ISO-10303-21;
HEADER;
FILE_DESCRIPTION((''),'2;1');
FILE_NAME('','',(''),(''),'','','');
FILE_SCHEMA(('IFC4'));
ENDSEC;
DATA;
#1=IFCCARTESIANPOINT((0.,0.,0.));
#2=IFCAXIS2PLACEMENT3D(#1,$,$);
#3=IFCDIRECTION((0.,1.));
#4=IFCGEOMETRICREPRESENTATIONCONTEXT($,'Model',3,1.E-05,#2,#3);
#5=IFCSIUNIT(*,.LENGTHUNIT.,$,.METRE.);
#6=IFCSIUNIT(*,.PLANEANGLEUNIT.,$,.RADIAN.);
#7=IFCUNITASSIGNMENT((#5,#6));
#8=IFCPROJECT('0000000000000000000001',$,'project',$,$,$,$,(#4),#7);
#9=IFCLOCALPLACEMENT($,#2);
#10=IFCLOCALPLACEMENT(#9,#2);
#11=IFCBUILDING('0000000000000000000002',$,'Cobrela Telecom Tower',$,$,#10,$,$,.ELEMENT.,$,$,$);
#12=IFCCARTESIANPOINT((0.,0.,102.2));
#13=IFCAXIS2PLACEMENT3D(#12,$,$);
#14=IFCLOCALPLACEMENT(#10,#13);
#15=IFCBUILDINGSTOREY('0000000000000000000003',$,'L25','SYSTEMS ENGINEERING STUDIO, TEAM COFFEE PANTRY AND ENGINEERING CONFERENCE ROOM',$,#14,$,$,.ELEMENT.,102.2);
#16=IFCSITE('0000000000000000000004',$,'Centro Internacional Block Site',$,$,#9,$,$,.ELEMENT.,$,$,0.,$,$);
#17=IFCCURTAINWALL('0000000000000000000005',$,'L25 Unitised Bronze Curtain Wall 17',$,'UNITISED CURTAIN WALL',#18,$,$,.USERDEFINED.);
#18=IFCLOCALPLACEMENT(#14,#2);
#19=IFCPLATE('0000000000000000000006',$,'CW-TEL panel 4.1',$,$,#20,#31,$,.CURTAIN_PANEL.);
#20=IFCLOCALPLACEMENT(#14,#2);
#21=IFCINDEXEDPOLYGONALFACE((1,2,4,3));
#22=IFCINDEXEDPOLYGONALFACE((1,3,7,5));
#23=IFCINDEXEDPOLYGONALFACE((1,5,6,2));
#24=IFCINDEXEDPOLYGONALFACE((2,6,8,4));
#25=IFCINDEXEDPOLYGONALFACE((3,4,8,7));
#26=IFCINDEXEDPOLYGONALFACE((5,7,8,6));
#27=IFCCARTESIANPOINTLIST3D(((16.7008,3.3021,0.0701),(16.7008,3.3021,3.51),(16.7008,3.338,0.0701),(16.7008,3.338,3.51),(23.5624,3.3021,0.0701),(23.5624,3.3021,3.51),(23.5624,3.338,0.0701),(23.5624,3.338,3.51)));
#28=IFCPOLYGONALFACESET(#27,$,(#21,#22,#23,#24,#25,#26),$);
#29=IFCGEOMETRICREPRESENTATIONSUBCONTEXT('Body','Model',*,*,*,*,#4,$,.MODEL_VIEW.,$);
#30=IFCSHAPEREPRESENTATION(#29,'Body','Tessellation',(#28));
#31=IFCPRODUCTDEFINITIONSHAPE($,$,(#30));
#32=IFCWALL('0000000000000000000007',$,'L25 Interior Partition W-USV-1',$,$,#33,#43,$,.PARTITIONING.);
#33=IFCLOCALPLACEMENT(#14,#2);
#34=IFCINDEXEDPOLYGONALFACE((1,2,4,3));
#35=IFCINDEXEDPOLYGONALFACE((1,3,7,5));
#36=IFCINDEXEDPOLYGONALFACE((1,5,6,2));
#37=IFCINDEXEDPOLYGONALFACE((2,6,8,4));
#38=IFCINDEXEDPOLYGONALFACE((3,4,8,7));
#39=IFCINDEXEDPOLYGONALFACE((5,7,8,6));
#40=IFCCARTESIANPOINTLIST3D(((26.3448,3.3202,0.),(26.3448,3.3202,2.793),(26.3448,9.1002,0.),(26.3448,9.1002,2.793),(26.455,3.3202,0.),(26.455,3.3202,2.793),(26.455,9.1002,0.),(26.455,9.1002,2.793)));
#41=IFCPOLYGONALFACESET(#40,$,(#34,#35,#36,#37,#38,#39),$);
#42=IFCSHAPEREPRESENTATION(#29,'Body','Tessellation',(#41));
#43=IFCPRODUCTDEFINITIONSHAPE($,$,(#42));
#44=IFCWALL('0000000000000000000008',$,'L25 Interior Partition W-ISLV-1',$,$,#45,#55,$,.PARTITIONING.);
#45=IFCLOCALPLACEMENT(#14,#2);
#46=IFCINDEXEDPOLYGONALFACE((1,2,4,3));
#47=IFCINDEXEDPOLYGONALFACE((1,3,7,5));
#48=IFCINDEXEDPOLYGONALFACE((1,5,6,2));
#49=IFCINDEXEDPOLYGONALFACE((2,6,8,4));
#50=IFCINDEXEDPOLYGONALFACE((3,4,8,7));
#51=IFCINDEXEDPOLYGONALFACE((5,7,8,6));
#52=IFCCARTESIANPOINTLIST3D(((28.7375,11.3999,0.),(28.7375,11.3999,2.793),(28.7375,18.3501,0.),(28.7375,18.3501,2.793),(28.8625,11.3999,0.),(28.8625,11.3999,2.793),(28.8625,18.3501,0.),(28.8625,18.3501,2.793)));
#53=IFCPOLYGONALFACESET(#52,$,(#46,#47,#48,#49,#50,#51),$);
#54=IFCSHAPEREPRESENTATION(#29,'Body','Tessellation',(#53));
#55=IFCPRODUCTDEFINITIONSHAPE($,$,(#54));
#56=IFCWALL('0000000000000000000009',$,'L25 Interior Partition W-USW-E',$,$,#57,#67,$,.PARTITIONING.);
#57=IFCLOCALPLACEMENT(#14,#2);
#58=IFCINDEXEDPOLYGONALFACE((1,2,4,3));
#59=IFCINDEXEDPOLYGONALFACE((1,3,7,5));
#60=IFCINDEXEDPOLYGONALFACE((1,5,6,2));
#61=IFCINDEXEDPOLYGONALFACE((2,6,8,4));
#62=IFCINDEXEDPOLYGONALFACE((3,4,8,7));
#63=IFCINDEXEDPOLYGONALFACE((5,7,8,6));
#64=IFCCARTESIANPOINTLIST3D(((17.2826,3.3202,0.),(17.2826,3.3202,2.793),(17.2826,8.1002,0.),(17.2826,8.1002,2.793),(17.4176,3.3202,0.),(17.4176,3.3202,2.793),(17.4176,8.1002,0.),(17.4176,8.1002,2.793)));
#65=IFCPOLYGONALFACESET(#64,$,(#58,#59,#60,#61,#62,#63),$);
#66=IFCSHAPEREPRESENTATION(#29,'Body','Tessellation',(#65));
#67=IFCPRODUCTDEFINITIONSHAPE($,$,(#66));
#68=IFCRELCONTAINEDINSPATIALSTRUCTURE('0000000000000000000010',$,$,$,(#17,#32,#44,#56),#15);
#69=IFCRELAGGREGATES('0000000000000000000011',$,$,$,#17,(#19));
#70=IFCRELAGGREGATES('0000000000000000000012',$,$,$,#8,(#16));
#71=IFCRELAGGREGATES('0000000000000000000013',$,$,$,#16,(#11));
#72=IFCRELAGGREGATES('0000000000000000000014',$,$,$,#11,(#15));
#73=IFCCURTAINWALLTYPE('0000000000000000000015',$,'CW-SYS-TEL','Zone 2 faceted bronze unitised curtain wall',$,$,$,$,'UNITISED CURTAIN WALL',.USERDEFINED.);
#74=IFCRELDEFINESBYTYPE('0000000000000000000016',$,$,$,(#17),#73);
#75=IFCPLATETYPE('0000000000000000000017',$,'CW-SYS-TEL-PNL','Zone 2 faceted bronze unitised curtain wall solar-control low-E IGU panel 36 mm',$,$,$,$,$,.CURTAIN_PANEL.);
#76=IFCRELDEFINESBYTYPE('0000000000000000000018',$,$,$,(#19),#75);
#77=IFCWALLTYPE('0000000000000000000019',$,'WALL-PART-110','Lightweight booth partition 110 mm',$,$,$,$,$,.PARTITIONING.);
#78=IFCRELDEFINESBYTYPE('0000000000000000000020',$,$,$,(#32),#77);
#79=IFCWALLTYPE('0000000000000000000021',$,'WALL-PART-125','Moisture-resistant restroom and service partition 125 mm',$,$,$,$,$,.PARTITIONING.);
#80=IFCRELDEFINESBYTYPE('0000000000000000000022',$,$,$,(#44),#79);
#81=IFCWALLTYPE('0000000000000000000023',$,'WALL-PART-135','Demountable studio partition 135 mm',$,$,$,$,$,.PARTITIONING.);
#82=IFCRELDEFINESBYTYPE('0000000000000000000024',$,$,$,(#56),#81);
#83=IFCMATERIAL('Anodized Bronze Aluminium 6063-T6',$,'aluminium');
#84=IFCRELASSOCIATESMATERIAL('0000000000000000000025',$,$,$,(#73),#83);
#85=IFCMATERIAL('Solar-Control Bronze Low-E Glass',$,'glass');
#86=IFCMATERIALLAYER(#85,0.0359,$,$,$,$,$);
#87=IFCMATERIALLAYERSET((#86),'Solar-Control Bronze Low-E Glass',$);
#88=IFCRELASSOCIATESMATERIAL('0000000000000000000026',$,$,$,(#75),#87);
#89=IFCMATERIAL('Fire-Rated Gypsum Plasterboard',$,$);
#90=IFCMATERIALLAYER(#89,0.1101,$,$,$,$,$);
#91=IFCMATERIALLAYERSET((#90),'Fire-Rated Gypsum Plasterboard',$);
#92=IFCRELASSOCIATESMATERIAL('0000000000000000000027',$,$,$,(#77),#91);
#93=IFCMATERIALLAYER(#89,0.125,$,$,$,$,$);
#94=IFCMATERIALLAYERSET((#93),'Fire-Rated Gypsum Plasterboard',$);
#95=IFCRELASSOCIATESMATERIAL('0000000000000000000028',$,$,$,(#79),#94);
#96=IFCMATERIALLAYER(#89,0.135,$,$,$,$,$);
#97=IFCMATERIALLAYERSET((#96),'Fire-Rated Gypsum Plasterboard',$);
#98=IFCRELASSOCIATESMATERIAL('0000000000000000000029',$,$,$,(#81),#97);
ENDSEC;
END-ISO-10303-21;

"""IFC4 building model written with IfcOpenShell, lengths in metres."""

from ifc_helpers import new_model, si_unit, direction, frame, frame_2d, origin, origin_2d, place, context, subcontext, project, spatial, rectangle, extrude, material, layer, layer_set, type_object, element, aggregate, save


model = new_model("IFC4")

# Units and contexts
model_context = context("Model", 3, precision=1e-05, world=origin(), true_north=direction((0.0, 1.0)))
body_context = subcontext(model_context, "Body", "Model", "MODEL_VIEW")
ifc_project = project(units=[si_unit("LENGTHUNIT", "METRE"), si_unit("PLANEANGLEUNIT", "RADIAN")], contexts=[model_context])

# Site, building, storey
site_placement = place(None, origin())
site = spatial("IfcSite", under=ifc_project, at=site_placement, Name="Centro Internacional Block Site", CompositionType="ELEMENT", RefElevation=0.0)
building_placement = place(site_placement, origin())
building = spatial("IfcBuilding", under=site, at=building_placement, Name="Cobrela Telecom Tower", CompositionType="ELEMENT")
storey_placement = place(building_placement, frame((0.0, 0.0, 102.2)))
storey = spatial("IfcBuildingStorey", under=building, at=storey_placement, Name="L25", Description="SYSTEMS ENGINEERING STUDIO, TEAM COFFEE PANTRY AND ENGINEERING CONFERENCE ROOM", CompositionType="ELEMENT", Elevation=102.2)

# Curtain wall, plate
ifc_material_1 = material(Name="Anodized Bronze Aluminium 6063-T6", Category="aluminium")
curtain_wall_type = type_object("IfcCurtainWallType", Name="CW-SYS-TEL", Description="Zone 2 faceted bronze unitised curtain wall", ElementType="UNITISED CURTAIN WALL", PredefinedType="USERDEFINED", material=ifc_material_1)
curtain_wall_placement = place(storey_placement, origin())
curtain_wall = element("IfcCurtainWall", 1, at=curtain_wall_placement, inside=storey, type_object=curtain_wall_type, Name="L25 Unitised Bronze Curtain Wall 17", ObjectType="UNITISED CURTAIN WALL", PredefinedType="USERDEFINED")
ifc_material_2 = material(Name="Solar-Control Bronze Low-E Glass", Category="glass")
ifc_layer_1 = layer(ifc_material_2, 0.0359)
ifc_layer_set_1 = layer_set([ifc_layer_1], Name="Solar-Control Bronze Low-E Glass")
plate_type = type_object("IfcPlateType", Name="CW-SYS-TEL-PNL", Description="Zone 2 faceted bronze unitised curtain wall solar-control low-E IGU panel 36 mm", PredefinedType="CURTAIN_PANEL", material=ifc_layer_set_1)
plate_1_placement = place(storey_placement, frame((20.1316, 3.3201, 0.0701), z_axis=(0.0, 0.0, 1.0), x_axis=(-1.0, 0.0, 0.0)))
plate_1 = element("IfcPlate", 2, at=plate_1_placement, type_object=plate_type, Name="CW-TEL panel 4.1", PredefinedType="CURTAIN_PANEL", context=body_context, shape_type="SweptSolid", body=[
    extrude(rectangle(XDim=6.8616, YDim=0.0359, at=origin_2d()), origin(), (0.0, 0.0, 1.0), 3.4399),
])
aggregate(curtain_wall, [plate_1])

# Walls
ifc_material_3 = material(Name="Fire-Rated Gypsum Plasterboard")
ifc_layer_2 = layer(ifc_material_3, 0.1101)
ifc_layer_set_2 = layer_set([ifc_layer_2], Name="Fire-Rated Gypsum Plasterboard")
wall_type_1 = type_object("IfcWallType", Name="WALL-PART-110", Description="Lightweight booth partition 110 mm", PredefinedType="PARTITIONING", material=ifc_layer_set_2)
wall_1_placement = place(storey_placement, frame((26.3999, 3.3201, 0.0), z_axis=(0.0, 0.0, 1.0), x_axis=(0.0, 1.0, 0.0)))
element("IfcWall", 3, at=wall_1_placement, inside=storey, type_object=wall_type_1, Name="L25 Interior Partition W-USV-1", PredefinedType="PARTITIONING", context=body_context, shape_type="SweptSolid", body=[
    extrude(rectangle(XDim=5.78, YDim=0.1101, at=frame_2d((2.8901, 0.0))), origin(), (0.0, 0.0, 1.0), 2.793),
])
ifc_layer_3 = layer(ifc_material_3, 0.125)
ifc_layer_set_3 = layer_set([ifc_layer_3], Name="Fire-Rated Gypsum Plasterboard")
wall_type_2 = type_object("IfcWallType", Name="WALL-PART-125", Description="Moisture-resistant restroom and service partition 125 mm", PredefinedType="PARTITIONING", material=ifc_layer_set_3)
wall_2_placement = place(storey_placement, frame((28.8, 11.3999, 0.0), z_axis=(0.0, 0.0, 1.0), x_axis=(0.0, 1.0, 0.0)))
element("IfcWall", 4, at=wall_2_placement, inside=storey, type_object=wall_type_2, Name="L25 Interior Partition W-ISLV-1", PredefinedType="PARTITIONING", context=body_context, shape_type="SweptSolid", body=[
    extrude(rectangle(XDim=6.9502, YDim=0.125, at=frame_2d((3.4751, 0.0))), origin(), (0.0, 0.0, 1.0), 2.793),
])
ifc_layer_4 = layer(ifc_material_3, 0.135)
ifc_layer_set_4 = layer_set([ifc_layer_4], Name="Fire-Rated Gypsum Plasterboard")
wall_type_3 = type_object("IfcWallType", Name="WALL-PART-135", Description="Demountable studio partition 135 mm", PredefinedType="PARTITIONING", material=ifc_layer_set_4)
wall_3_placement = place(storey_placement, frame((17.3501, 3.3201, 0.0), z_axis=(0.0, 0.0, 1.0), x_axis=(0.0, 1.0, 0.0)))
element("IfcWall", 5, at=wall_3_placement, inside=storey, type_object=wall_type_3, Name="L25 Interior Partition W-USW-E", PredefinedType="PARTITIONING", context=body_context, shape_type="SweptSolid", body=[
    extrude(rectangle(XDim=4.78, YDim=0.135, at=frame_2d((2.3901, 0.0))), origin(), (0.0, 0.0, 1.0), 2.793),
])

save(model, "model.ifc")
